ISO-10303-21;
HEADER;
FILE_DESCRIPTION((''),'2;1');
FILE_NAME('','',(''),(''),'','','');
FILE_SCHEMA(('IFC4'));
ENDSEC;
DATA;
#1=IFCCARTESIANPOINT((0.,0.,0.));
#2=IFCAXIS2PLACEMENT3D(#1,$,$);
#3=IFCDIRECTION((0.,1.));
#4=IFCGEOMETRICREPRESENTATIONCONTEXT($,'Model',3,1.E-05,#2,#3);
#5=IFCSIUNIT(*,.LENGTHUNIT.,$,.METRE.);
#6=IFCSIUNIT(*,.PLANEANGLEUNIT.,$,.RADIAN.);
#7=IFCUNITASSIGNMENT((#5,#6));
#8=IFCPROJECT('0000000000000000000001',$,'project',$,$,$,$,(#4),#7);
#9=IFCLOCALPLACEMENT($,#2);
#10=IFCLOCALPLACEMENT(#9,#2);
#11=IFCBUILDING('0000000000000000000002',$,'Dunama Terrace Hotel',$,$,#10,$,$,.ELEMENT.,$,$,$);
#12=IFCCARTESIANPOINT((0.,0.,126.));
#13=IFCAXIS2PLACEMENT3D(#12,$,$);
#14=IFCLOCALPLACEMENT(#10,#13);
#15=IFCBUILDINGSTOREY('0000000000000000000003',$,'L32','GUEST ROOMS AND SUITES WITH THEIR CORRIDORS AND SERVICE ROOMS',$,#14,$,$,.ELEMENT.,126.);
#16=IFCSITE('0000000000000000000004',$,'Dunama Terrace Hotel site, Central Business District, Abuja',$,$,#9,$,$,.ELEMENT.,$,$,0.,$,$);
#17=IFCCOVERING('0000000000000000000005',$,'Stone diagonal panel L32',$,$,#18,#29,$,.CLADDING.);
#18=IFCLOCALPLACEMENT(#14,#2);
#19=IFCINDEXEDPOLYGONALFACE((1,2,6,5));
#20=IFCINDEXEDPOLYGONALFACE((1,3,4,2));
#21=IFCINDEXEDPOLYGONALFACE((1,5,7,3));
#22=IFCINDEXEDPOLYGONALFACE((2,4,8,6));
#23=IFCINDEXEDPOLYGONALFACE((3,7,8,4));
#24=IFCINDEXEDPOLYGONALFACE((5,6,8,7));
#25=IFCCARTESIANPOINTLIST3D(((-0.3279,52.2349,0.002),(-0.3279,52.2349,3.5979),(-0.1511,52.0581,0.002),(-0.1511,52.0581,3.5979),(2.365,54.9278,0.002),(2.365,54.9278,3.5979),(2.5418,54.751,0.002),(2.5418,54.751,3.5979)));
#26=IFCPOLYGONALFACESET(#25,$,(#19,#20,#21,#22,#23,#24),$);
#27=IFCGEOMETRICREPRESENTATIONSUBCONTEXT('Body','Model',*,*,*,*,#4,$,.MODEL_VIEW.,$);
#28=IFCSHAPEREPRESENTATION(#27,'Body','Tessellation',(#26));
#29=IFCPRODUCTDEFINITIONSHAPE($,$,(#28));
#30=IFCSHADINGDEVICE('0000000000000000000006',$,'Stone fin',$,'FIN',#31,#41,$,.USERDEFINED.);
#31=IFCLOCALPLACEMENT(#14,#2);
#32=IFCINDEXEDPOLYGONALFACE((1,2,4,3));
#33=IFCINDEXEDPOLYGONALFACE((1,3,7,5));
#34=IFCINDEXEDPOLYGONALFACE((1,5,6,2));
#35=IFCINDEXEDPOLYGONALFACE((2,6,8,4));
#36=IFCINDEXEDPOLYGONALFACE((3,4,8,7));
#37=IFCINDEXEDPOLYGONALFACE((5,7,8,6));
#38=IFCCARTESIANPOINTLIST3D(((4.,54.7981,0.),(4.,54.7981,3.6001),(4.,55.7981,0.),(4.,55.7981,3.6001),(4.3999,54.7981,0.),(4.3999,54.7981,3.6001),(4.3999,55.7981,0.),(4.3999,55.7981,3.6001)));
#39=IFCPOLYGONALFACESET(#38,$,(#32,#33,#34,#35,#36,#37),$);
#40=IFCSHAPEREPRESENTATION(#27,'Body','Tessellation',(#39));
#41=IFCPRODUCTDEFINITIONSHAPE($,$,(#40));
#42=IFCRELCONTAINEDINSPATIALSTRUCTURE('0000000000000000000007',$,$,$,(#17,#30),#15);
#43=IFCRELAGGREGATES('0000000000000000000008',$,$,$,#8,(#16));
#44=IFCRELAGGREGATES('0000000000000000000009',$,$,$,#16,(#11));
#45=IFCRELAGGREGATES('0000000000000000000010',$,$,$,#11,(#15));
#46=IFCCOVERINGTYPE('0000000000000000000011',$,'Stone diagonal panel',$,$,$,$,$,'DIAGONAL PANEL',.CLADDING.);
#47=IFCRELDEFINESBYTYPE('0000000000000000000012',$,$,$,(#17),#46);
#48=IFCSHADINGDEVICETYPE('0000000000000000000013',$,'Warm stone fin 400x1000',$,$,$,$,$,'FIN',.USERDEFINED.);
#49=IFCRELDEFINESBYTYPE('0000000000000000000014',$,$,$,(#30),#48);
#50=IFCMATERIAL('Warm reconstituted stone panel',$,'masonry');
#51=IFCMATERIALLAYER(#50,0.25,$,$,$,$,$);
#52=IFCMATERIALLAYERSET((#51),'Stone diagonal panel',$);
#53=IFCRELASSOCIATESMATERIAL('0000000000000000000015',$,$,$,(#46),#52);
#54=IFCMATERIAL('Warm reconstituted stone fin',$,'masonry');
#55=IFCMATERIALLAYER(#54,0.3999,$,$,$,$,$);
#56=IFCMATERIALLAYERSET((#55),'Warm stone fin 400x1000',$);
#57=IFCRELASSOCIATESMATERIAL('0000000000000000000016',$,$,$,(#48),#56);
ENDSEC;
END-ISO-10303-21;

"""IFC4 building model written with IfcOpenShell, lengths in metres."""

from ifc_helpers import new_model, si_unit, direction, frame, origin, origin_2d, place, context, subcontext, project, spatial, rectangle, extrude, material, layer, layer_set, type_object, element, save


model = new_model("IFC4")

# Units and contexts
model_context = context("Model", 3, precision=1e-05, world=origin(), true_north=direction((0.0, 1.0)))
body_context = subcontext(model_context, "Body", "Model", "MODEL_VIEW")
ifc_project = project(units=[si_unit("LENGTHUNIT", "METRE"), si_unit("PLANEANGLEUNIT", "RADIAN")], contexts=[model_context])

# Site, building, storey
site_placement = place(None, origin())
site = spatial("IfcSite", under=ifc_project, at=site_placement, Name="Dunama Terrace Hotel site, Central Business District, Abuja", CompositionType="ELEMENT", RefElevation=0.0)
building_placement = place(site_placement, origin())
building = spatial("IfcBuilding", under=site, at=building_placement, Name="Dunama Terrace Hotel", CompositionType="ELEMENT")
storey_placement = place(building_placement, frame((0.0, 0.0, 126.0)))
storey = spatial("IfcBuildingStorey", under=building, at=storey_placement, Name="L32", Description="GUEST ROOMS AND SUITES WITH THEIR CORRIDORS AND SERVICE ROOMS", CompositionType="ELEMENT", Elevation=126.0)

# Covering
ifc_material_1 = material(Name="Warm reconstituted stone panel", Category="masonry")
ifc_layer_1 = layer(ifc_material_1, 0.25)
ifc_layer_set_1 = layer_set([ifc_layer_1], Name="Stone diagonal panel")
covering_type = type_object("IfcCoveringType", Name="Stone diagonal panel", ElementType="DIAGONAL PANEL", PredefinedType="CLADDING", material=ifc_layer_set_1)
covering_1_placement = place(storey_placement, frame((1.1069, 53.4929, 0.002), z_axis=(0.0, 0.0, 1.0), x_axis=(-0.707107, -0.707107, 0.0)))
element("IfcCovering", 1, at=covering_1_placement, inside=storey, type_object=covering_type, Name="Stone diagonal panel L32", PredefinedType="CLADDING", context=body_context, shape_type="SweptSolid", body=[
    extrude(rectangle(XDim=3.8083, YDim=0.25, at=origin_2d()), origin(), (0.0, 0.0, 1.0), 3.5959),
])

# Shading device
ifc_material_2 = material(Name="Warm reconstituted stone fin", Category="masonry")
ifc_layer_2 = layer(ifc_material_2, 0.3999)
ifc_layer_set_2 = layer_set([ifc_layer_2], Name="Warm stone fin 400x1000")
shading_device_type = type_object("IfcShadingDeviceType", Name="Warm stone fin 400x1000", ElementType="FIN", PredefinedType="USERDEFINED", material=ifc_layer_set_2)
shading_device_placement = place(storey_placement, frame((4.2, 55.2981, 0.0), z_axis=(0.0, 0.0, 1.0), x_axis=(-1.0, 0.0, 0.0)))
element("IfcShadingDevice", 2, at=shading_device_placement, inside=storey, type_object=shading_device_type, Name="Stone fin", ObjectType="FIN", PredefinedType="USERDEFINED", context=body_context, shape_type="SweptSolid", body=[
    extrude(rectangle(XDim=0.3999, YDim=1.0, at=origin_2d()), origin(), (0.0, 0.0, 1.0), 3.6001),
])

save(model, "model.ifc")
